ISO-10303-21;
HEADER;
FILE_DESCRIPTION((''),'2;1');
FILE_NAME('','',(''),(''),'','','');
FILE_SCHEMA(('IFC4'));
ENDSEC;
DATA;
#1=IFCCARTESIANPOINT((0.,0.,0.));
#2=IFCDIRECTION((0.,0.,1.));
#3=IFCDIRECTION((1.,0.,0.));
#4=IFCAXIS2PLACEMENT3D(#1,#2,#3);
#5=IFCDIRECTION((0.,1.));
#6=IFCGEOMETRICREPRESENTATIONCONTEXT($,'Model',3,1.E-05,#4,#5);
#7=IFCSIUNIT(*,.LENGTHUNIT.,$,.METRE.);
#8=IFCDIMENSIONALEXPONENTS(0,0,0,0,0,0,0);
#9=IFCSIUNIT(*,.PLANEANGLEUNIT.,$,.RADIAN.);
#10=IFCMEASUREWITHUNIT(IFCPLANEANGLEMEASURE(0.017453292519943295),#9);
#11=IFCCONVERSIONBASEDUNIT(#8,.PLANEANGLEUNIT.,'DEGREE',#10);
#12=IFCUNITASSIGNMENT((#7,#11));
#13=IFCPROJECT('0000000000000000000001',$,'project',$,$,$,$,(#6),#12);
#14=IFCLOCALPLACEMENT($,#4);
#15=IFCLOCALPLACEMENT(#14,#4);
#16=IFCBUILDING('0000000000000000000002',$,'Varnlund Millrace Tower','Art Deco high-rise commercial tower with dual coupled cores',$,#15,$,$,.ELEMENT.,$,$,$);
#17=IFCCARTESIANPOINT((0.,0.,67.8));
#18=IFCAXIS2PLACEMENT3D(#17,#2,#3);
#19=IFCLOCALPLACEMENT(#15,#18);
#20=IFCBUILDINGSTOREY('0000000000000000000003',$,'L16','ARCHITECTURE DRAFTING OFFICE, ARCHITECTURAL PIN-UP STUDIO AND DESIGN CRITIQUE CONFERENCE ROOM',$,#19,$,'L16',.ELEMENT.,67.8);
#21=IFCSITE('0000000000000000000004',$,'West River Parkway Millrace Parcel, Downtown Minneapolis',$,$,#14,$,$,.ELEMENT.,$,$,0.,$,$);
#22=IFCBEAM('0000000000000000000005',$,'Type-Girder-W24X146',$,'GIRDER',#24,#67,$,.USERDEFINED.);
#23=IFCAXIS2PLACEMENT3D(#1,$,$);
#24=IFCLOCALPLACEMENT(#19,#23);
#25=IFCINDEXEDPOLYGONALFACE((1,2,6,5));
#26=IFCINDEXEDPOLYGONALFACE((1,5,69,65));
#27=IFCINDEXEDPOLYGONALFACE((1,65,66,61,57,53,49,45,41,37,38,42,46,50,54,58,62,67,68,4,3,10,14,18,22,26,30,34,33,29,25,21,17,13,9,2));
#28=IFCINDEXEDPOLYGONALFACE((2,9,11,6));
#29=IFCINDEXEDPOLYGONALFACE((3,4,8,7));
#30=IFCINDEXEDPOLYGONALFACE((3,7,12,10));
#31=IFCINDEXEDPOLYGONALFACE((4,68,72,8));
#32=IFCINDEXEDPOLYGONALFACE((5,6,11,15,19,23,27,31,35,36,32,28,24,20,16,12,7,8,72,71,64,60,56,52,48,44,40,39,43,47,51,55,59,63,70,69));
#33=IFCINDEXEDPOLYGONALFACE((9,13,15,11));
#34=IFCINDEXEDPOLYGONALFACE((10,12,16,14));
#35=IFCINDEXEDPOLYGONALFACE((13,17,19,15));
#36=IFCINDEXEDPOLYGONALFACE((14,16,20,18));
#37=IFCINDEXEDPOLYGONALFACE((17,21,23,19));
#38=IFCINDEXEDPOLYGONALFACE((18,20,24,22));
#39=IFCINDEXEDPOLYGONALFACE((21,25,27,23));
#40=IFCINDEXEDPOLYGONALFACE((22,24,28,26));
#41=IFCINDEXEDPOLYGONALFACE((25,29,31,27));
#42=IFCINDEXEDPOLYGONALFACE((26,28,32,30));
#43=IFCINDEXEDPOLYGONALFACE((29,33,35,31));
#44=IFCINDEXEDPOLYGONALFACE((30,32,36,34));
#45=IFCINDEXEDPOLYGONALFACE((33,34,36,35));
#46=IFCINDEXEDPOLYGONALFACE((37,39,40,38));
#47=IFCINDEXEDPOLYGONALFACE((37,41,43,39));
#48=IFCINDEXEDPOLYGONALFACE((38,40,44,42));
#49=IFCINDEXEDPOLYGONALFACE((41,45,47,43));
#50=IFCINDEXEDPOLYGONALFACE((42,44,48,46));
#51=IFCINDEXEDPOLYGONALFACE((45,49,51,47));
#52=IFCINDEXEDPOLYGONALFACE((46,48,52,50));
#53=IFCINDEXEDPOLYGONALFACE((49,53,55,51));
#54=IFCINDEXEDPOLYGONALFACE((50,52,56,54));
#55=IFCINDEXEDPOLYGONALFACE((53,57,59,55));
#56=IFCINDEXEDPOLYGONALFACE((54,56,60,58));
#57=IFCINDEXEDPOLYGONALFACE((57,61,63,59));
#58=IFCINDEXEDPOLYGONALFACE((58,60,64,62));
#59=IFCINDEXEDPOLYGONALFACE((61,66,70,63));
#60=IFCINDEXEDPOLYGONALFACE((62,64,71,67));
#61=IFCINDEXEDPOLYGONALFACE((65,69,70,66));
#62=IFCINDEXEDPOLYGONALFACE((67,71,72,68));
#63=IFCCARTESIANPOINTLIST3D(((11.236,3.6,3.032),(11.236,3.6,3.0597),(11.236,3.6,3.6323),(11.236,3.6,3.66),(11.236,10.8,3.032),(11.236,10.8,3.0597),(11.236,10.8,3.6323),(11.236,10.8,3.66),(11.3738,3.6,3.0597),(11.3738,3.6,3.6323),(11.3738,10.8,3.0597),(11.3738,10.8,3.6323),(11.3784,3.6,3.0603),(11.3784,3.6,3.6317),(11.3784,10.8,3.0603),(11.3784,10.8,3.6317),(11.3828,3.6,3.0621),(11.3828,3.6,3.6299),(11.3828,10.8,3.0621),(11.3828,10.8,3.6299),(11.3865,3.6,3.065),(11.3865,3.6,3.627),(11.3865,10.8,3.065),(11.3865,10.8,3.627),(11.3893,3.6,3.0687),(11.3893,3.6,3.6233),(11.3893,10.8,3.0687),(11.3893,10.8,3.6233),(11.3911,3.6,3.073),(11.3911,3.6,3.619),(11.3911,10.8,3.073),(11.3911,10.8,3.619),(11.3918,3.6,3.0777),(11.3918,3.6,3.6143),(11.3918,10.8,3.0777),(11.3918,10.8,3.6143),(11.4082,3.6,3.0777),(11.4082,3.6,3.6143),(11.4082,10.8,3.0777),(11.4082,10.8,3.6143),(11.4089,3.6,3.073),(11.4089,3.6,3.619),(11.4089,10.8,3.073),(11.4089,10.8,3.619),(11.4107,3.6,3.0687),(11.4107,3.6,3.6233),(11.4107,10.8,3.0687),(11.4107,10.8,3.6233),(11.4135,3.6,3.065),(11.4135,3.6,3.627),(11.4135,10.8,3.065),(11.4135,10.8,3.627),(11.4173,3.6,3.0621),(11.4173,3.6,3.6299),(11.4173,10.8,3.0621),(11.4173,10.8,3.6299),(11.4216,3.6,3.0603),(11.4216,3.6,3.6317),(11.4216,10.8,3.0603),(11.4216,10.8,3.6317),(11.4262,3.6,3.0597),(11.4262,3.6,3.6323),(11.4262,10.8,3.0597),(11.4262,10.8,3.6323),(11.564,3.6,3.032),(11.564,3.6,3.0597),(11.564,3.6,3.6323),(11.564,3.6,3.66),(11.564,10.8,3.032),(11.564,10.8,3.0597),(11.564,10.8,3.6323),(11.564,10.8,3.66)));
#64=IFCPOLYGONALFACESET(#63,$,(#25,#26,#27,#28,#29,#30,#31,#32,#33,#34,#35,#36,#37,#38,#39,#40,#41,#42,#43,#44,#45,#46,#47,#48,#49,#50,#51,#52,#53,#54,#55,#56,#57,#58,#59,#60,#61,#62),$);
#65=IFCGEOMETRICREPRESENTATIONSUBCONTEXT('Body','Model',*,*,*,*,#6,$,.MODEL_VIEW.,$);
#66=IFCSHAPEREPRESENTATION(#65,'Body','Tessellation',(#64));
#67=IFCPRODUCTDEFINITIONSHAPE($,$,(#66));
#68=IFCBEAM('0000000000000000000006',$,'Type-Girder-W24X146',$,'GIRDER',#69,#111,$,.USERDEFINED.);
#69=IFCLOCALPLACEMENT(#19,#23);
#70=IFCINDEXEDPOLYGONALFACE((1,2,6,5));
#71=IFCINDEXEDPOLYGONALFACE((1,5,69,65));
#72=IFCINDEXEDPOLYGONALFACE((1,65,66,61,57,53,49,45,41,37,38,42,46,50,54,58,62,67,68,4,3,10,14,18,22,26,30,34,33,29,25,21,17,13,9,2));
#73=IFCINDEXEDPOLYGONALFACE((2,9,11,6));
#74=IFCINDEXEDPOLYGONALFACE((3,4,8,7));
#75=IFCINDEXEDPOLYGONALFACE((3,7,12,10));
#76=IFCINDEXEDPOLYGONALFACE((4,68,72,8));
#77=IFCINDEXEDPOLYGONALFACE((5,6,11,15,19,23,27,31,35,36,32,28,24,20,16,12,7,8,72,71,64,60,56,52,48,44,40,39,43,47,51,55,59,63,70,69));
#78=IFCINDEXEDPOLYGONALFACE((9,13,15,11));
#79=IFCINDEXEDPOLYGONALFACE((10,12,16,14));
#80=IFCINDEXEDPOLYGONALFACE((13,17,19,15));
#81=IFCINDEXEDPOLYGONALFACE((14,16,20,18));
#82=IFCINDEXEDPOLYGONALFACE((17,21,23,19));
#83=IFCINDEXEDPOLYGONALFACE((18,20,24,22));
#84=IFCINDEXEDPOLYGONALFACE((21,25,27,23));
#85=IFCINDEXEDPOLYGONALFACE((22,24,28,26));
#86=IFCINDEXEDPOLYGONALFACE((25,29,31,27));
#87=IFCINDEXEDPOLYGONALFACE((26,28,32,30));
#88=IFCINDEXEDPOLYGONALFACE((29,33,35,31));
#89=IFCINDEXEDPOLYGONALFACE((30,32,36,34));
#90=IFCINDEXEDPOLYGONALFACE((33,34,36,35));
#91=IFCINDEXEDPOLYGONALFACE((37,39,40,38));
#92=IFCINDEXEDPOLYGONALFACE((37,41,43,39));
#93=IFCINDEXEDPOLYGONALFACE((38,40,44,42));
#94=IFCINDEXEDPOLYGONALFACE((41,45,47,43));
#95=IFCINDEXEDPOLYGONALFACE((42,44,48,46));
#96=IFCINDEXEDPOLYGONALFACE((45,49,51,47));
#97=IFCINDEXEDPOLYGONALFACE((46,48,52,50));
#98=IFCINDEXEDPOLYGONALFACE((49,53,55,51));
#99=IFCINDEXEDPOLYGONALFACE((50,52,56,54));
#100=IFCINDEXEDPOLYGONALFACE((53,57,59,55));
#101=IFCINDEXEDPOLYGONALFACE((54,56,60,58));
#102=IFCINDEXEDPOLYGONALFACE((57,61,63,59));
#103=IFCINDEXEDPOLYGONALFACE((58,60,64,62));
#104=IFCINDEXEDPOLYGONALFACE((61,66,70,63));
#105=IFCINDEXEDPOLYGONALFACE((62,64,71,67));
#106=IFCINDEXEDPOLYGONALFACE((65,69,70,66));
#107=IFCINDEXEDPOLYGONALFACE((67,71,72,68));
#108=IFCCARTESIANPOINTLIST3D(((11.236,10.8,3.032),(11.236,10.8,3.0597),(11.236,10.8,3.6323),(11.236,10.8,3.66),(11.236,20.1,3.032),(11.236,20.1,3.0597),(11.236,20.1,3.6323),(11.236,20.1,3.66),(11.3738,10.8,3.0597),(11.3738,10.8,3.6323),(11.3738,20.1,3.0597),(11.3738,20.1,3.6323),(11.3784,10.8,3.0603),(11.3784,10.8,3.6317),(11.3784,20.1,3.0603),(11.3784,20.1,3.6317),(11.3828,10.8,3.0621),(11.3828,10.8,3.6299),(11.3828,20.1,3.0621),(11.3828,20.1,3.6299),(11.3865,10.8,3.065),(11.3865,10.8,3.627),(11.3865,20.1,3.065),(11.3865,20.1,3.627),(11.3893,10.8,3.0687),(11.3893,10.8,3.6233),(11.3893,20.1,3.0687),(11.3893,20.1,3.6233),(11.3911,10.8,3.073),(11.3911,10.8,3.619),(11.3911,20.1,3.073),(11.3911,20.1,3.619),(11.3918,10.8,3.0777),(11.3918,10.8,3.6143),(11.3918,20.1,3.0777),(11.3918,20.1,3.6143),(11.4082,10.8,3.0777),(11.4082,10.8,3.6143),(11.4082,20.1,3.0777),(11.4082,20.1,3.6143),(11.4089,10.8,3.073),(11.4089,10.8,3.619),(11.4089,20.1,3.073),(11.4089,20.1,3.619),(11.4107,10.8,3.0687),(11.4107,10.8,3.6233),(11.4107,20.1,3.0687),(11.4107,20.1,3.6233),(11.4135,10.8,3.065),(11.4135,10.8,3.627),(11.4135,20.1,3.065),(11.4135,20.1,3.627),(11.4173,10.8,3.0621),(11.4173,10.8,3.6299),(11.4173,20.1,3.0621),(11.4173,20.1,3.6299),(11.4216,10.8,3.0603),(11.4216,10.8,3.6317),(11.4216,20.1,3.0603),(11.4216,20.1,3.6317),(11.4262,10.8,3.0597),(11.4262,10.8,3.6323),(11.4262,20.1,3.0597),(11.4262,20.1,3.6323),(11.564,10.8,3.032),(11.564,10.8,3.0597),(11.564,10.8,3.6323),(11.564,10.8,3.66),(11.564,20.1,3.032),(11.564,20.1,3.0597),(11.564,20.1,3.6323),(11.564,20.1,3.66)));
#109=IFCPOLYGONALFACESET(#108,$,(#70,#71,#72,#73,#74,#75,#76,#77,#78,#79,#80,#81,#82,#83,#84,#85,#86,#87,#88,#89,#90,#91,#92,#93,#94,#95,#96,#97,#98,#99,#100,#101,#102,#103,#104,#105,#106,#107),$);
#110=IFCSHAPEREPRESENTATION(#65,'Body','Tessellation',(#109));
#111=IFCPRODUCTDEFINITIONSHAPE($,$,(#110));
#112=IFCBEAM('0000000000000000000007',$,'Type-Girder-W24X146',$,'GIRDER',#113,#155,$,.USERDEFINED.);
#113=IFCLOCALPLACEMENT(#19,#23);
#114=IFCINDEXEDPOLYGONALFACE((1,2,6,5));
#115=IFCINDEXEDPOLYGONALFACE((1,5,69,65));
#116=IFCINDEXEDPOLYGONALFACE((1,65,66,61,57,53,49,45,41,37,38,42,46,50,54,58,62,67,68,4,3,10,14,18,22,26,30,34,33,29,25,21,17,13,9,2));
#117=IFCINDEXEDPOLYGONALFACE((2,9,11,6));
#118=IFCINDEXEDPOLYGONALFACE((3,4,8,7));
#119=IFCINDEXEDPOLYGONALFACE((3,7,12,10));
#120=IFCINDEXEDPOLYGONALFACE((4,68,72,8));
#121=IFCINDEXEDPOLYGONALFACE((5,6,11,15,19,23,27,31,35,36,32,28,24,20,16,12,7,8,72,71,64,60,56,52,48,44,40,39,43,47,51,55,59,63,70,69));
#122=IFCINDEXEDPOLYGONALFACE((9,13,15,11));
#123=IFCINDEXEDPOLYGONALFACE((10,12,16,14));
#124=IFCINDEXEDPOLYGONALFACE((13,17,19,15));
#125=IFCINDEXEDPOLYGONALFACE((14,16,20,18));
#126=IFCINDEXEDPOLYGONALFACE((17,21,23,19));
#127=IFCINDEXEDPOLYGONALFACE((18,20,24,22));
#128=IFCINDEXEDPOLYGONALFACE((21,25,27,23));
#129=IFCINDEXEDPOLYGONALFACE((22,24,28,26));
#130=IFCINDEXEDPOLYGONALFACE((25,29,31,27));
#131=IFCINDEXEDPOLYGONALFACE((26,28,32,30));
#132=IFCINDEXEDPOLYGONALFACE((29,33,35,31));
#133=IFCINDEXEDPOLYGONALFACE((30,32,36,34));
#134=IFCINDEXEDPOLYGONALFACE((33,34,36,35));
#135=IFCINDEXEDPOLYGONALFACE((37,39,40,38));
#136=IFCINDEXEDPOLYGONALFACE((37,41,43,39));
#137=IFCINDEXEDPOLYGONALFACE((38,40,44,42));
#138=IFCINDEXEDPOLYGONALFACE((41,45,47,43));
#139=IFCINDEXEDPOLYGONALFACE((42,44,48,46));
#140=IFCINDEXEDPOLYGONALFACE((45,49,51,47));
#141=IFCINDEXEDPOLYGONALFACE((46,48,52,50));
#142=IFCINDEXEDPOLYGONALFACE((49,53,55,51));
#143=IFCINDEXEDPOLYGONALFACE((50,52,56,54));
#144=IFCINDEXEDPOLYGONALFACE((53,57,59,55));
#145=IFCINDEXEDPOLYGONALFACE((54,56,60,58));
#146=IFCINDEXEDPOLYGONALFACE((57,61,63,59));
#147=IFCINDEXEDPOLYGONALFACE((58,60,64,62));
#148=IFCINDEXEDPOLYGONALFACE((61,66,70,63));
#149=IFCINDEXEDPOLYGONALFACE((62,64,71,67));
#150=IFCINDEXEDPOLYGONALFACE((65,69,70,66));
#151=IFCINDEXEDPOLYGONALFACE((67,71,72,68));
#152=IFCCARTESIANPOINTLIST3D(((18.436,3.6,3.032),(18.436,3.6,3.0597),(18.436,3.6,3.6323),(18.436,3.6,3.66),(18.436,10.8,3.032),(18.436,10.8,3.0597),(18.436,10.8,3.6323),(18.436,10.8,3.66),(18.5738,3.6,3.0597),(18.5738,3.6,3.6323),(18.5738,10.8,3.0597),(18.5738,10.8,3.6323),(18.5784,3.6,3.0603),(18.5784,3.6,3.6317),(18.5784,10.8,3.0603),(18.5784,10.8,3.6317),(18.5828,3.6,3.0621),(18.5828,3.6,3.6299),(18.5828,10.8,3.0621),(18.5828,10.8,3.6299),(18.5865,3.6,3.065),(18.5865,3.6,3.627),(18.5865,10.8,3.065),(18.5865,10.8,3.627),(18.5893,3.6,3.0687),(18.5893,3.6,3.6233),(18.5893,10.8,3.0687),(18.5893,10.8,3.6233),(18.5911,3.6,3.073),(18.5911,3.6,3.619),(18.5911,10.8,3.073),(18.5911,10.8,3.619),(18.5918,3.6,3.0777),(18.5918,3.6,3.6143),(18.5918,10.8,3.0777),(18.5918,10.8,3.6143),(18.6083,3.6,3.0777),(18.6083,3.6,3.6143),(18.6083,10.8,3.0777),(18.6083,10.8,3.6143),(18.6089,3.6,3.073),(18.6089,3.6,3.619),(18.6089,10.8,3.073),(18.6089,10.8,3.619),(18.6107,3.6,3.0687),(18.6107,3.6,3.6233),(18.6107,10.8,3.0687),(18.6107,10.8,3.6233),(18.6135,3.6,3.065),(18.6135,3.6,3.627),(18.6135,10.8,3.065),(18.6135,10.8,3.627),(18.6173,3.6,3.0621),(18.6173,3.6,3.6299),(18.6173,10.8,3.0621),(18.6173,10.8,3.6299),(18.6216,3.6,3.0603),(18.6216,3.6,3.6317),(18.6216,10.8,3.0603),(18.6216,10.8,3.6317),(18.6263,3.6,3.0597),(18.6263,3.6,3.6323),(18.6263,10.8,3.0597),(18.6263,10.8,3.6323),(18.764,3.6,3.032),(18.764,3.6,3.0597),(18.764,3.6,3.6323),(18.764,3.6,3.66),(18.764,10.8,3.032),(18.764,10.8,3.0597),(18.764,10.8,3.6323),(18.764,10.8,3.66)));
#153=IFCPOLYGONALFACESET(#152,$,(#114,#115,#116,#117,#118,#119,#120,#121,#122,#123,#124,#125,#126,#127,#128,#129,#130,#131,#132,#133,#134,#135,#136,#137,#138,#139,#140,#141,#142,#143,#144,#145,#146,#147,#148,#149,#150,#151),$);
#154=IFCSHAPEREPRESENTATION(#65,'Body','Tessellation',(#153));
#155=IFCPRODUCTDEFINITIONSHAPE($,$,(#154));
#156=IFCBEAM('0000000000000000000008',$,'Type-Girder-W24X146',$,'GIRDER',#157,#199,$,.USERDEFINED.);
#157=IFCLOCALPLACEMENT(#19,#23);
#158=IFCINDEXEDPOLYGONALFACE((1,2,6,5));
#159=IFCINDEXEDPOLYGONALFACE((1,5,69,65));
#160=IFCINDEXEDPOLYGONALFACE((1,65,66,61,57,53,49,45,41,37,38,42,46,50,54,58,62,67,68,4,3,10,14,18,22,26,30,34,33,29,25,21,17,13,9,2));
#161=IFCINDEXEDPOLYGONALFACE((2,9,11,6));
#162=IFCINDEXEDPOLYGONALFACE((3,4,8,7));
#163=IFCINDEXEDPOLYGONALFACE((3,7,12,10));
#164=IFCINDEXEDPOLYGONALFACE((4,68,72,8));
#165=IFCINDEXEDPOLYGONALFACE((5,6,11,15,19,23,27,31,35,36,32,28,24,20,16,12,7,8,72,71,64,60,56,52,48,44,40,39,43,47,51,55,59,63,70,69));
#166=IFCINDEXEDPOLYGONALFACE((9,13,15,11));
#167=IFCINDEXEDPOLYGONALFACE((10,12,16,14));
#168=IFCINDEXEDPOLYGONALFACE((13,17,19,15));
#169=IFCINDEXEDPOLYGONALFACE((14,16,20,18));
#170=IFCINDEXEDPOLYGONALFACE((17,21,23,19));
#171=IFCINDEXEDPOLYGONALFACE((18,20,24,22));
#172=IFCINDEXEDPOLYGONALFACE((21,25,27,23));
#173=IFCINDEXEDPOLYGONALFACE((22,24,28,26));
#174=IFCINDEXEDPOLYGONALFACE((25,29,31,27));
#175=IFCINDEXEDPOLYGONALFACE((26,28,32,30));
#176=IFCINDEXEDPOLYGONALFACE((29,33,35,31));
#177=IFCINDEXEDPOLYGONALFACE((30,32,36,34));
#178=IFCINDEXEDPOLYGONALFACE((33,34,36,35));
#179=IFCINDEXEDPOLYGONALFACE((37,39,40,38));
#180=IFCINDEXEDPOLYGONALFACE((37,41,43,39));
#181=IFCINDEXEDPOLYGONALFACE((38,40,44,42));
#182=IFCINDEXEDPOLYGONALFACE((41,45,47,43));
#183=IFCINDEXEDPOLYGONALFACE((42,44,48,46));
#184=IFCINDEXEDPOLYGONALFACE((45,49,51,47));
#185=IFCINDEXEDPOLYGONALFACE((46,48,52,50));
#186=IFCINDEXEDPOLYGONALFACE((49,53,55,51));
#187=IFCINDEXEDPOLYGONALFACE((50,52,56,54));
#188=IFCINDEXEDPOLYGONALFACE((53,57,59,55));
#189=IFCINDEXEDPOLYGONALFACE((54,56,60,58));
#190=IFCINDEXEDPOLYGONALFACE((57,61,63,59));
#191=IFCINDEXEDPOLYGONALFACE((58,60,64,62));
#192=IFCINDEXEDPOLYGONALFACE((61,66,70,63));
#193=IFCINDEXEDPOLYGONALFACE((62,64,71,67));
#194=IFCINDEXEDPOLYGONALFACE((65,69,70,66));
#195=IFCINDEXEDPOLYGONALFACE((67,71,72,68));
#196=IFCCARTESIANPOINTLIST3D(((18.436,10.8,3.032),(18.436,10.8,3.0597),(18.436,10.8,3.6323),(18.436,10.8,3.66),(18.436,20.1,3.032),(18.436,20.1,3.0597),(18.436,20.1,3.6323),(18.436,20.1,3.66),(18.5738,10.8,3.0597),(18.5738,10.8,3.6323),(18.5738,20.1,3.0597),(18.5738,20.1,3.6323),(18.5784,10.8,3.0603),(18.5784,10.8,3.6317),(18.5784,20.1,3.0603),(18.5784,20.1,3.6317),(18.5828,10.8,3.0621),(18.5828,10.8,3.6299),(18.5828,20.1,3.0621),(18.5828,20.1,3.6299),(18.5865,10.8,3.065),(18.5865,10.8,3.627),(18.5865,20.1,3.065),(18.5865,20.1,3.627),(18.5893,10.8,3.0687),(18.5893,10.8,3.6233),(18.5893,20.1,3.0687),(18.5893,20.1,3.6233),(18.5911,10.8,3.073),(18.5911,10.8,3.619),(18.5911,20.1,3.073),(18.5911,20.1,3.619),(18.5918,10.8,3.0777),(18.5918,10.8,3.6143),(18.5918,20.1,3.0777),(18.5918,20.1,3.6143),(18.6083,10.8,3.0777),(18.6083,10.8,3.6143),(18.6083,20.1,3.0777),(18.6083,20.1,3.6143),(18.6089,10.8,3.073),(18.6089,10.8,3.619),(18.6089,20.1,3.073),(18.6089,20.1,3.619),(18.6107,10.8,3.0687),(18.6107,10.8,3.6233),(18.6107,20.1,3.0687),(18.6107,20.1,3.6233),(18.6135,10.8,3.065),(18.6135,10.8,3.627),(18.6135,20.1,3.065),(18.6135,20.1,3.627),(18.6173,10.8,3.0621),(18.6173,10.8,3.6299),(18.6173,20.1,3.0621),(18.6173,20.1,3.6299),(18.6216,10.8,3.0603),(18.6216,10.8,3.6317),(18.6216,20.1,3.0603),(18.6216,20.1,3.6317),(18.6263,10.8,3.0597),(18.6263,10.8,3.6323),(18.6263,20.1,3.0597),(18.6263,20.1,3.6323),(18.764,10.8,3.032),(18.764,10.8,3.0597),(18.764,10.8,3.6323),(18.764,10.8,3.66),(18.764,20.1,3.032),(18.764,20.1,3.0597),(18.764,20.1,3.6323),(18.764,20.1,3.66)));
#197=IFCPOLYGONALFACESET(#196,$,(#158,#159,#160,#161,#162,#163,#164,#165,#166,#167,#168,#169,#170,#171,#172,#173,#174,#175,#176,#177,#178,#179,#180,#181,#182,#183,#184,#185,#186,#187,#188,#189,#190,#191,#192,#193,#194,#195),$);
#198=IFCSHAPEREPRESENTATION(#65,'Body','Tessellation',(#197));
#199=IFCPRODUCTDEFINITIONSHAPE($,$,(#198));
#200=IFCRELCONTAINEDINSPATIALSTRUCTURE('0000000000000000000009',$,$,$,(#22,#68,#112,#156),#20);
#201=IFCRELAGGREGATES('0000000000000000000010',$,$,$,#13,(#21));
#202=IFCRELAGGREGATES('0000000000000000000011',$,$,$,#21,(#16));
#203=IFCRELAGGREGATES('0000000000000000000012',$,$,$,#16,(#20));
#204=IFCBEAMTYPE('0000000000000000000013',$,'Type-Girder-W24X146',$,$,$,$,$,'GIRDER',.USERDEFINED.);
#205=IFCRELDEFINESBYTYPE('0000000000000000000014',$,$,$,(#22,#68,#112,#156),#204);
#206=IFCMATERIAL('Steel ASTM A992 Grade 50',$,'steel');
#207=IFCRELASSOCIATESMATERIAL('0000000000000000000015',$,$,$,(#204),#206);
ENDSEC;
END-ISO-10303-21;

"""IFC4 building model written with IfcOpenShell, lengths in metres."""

from ifc_helpers import new_model, entity, si_unit, converted_unit, direction, frame, origin_with_axes, origin_2d_with_axis, place, context, subcontext, project, spatial, i_section, extrude, material, material_profile, profile_set, type_object, element, save


model = new_model("IFC4")

# Units and contexts
model_context = context("Model", 3, precision=1e-05, world=origin_with_axes(), true_north=direction((0.0, 1.0)))
body_context = subcontext(model_context, "Body", "Model", "MODEL_VIEW")
ifc_project = project(units=[si_unit("LENGTHUNIT", "METRE"), converted_unit("PLANEANGLEUNIT", "DEGREE", entity("IfcPlaneAngleMeasure", 0.017453292519943295), si_unit("PLANEANGLEUNIT", "RADIAN"), dimensions=[0, 0, 0, 0, 0, 0, 0])], contexts=[model_context])

# Site, building, storey
site_placement = place(None, origin_with_axes())
site = spatial("IfcSite", under=ifc_project, at=site_placement, Name="West River Parkway Millrace Parcel, Downtown Minneapolis", CompositionType="ELEMENT", RefElevation=0.0)
building_placement = place(site_placement, origin_with_axes())
building = spatial("IfcBuilding", under=site, at=building_placement, Name="Varnlund Millrace Tower", Description="Art Deco high-rise commercial tower with dual coupled cores", CompositionType="ELEMENT")
storey_placement = place(building_placement, frame((0.0, 0.0, 67.8), z_axis=(0.0, 0.0, 1.0), x_axis=(1.0, 0.0, 0.0)))
storey = spatial("IfcBuildingStorey", under=building, at=storey_placement, Name="L16", Description="ARCHITECTURE DRAFTING OFFICE, ARCHITECTURAL PIN-UP STUDIO AND DESIGN CRITIQUE CONFERENCE ROOM", LongName="L16", CompositionType="ELEMENT", Elevation=67.8)

# Beams
ifc_material_1 = material(Name="Steel ASTM A992 Grade 50", Category="steel")
ifc_material_profile_1 = material_profile(ifc_material_1, i_section(OverallWidth=0.328, OverallDepth=0.628, WebThickness=0.0165, FlangeThickness=0.0277, FilletRadius=0.018, at=origin_2d_with_axis()), Name="Steel ASTM A992 Grade 50")
ifc_profile_set_1 = profile_set([ifc_material_profile_1], Name="Steel ASTM A992 Grade 50")
beam_type_1 = type_object("IfcBeamType", Name="Type-Girder-W24X146", ElementType="GIRDER", PredefinedType="USERDEFINED", material=ifc_profile_set_1)
beam_1_placement = place(storey_placement, frame((11.4, 3.6, 3.346), z_axis=(0.0, 1.0, 0.0), x_axis=(-1.0, 0.0, 0.0)))
element("IfcBeam", 1, at=beam_1_placement, inside=storey, type_object=beam_type_1, Name="Type-Girder-W24X146", ObjectType="GIRDER", PredefinedType="USERDEFINED", context=body_context, shape_type="SweptSolid", body=[
    extrude(i_section(OverallWidth=0.328, OverallDepth=0.628, WebThickness=0.0165, FlangeThickness=0.0277, FilletRadius=0.018, at=origin_2d_with_axis()), origin_with_axes(), (0.0, 0.0, 1.0), 7.2),
])
beam_2_placement = place(storey_placement, frame((11.4, 10.8, 3.346), z_axis=(0.0, 1.0, 0.0), x_axis=(-1.0, 0.0, 0.0)))
element("IfcBeam", 2, at=beam_2_placement, inside=storey, type_object=beam_type_1, Name="Type-Girder-W24X146", ObjectType="GIRDER", PredefinedType="USERDEFINED", context=body_context, shape_type="SweptSolid", body=[
    extrude(i_section(OverallWidth=0.328, OverallDepth=0.628, WebThickness=0.0165, FlangeThickness=0.0277, FilletRadius=0.018, at=origin_2d_with_axis()), origin_with_axes(), (0.0, 0.0, 1.0), 9.3),
])
beam_3_placement = place(storey_placement, frame((18.6, 3.6, 3.346), z_axis=(0.0, 1.0, 0.0), x_axis=(-1.0, 0.0, 0.0)))
element("IfcBeam", 3, at=beam_3_placement, inside=storey, type_object=beam_type_1, Name="Type-Girder-W24X146", ObjectType="GIRDER", PredefinedType="USERDEFINED", context=body_context, shape_type="SweptSolid", body=[
    extrude(i_section(OverallWidth=0.328, OverallDepth=0.628, WebThickness=0.0165, FlangeThickness=0.0277, FilletRadius=0.018, at=origin_2d_with_axis()), origin_with_axes(), (0.0, 0.0, 1.0), 7.2),
])
beam_4_placement = place(storey_placement, frame((18.6, 10.8, 3.346), z_axis=(0.0, 1.0, 0.0), x_axis=(-1.0, 0.0, 0.0)))
element("IfcBeam", 4, at=beam_4_placement, inside=storey, type_object=beam_type_1, Name="Type-Girder-W24X146", ObjectType="GIRDER", PredefinedType="USERDEFINED", context=body_context, shape_type="SweptSolid", body=[
    extrude(i_section(OverallWidth=0.328, OverallDepth=0.628, WebThickness=0.0165, FlangeThickness=0.0277, FilletRadius=0.018, at=origin_2d_with_axis()), origin_with_axes(), (0.0, 0.0, 1.0), 9.3),
])

save(model, "model.ifc")
